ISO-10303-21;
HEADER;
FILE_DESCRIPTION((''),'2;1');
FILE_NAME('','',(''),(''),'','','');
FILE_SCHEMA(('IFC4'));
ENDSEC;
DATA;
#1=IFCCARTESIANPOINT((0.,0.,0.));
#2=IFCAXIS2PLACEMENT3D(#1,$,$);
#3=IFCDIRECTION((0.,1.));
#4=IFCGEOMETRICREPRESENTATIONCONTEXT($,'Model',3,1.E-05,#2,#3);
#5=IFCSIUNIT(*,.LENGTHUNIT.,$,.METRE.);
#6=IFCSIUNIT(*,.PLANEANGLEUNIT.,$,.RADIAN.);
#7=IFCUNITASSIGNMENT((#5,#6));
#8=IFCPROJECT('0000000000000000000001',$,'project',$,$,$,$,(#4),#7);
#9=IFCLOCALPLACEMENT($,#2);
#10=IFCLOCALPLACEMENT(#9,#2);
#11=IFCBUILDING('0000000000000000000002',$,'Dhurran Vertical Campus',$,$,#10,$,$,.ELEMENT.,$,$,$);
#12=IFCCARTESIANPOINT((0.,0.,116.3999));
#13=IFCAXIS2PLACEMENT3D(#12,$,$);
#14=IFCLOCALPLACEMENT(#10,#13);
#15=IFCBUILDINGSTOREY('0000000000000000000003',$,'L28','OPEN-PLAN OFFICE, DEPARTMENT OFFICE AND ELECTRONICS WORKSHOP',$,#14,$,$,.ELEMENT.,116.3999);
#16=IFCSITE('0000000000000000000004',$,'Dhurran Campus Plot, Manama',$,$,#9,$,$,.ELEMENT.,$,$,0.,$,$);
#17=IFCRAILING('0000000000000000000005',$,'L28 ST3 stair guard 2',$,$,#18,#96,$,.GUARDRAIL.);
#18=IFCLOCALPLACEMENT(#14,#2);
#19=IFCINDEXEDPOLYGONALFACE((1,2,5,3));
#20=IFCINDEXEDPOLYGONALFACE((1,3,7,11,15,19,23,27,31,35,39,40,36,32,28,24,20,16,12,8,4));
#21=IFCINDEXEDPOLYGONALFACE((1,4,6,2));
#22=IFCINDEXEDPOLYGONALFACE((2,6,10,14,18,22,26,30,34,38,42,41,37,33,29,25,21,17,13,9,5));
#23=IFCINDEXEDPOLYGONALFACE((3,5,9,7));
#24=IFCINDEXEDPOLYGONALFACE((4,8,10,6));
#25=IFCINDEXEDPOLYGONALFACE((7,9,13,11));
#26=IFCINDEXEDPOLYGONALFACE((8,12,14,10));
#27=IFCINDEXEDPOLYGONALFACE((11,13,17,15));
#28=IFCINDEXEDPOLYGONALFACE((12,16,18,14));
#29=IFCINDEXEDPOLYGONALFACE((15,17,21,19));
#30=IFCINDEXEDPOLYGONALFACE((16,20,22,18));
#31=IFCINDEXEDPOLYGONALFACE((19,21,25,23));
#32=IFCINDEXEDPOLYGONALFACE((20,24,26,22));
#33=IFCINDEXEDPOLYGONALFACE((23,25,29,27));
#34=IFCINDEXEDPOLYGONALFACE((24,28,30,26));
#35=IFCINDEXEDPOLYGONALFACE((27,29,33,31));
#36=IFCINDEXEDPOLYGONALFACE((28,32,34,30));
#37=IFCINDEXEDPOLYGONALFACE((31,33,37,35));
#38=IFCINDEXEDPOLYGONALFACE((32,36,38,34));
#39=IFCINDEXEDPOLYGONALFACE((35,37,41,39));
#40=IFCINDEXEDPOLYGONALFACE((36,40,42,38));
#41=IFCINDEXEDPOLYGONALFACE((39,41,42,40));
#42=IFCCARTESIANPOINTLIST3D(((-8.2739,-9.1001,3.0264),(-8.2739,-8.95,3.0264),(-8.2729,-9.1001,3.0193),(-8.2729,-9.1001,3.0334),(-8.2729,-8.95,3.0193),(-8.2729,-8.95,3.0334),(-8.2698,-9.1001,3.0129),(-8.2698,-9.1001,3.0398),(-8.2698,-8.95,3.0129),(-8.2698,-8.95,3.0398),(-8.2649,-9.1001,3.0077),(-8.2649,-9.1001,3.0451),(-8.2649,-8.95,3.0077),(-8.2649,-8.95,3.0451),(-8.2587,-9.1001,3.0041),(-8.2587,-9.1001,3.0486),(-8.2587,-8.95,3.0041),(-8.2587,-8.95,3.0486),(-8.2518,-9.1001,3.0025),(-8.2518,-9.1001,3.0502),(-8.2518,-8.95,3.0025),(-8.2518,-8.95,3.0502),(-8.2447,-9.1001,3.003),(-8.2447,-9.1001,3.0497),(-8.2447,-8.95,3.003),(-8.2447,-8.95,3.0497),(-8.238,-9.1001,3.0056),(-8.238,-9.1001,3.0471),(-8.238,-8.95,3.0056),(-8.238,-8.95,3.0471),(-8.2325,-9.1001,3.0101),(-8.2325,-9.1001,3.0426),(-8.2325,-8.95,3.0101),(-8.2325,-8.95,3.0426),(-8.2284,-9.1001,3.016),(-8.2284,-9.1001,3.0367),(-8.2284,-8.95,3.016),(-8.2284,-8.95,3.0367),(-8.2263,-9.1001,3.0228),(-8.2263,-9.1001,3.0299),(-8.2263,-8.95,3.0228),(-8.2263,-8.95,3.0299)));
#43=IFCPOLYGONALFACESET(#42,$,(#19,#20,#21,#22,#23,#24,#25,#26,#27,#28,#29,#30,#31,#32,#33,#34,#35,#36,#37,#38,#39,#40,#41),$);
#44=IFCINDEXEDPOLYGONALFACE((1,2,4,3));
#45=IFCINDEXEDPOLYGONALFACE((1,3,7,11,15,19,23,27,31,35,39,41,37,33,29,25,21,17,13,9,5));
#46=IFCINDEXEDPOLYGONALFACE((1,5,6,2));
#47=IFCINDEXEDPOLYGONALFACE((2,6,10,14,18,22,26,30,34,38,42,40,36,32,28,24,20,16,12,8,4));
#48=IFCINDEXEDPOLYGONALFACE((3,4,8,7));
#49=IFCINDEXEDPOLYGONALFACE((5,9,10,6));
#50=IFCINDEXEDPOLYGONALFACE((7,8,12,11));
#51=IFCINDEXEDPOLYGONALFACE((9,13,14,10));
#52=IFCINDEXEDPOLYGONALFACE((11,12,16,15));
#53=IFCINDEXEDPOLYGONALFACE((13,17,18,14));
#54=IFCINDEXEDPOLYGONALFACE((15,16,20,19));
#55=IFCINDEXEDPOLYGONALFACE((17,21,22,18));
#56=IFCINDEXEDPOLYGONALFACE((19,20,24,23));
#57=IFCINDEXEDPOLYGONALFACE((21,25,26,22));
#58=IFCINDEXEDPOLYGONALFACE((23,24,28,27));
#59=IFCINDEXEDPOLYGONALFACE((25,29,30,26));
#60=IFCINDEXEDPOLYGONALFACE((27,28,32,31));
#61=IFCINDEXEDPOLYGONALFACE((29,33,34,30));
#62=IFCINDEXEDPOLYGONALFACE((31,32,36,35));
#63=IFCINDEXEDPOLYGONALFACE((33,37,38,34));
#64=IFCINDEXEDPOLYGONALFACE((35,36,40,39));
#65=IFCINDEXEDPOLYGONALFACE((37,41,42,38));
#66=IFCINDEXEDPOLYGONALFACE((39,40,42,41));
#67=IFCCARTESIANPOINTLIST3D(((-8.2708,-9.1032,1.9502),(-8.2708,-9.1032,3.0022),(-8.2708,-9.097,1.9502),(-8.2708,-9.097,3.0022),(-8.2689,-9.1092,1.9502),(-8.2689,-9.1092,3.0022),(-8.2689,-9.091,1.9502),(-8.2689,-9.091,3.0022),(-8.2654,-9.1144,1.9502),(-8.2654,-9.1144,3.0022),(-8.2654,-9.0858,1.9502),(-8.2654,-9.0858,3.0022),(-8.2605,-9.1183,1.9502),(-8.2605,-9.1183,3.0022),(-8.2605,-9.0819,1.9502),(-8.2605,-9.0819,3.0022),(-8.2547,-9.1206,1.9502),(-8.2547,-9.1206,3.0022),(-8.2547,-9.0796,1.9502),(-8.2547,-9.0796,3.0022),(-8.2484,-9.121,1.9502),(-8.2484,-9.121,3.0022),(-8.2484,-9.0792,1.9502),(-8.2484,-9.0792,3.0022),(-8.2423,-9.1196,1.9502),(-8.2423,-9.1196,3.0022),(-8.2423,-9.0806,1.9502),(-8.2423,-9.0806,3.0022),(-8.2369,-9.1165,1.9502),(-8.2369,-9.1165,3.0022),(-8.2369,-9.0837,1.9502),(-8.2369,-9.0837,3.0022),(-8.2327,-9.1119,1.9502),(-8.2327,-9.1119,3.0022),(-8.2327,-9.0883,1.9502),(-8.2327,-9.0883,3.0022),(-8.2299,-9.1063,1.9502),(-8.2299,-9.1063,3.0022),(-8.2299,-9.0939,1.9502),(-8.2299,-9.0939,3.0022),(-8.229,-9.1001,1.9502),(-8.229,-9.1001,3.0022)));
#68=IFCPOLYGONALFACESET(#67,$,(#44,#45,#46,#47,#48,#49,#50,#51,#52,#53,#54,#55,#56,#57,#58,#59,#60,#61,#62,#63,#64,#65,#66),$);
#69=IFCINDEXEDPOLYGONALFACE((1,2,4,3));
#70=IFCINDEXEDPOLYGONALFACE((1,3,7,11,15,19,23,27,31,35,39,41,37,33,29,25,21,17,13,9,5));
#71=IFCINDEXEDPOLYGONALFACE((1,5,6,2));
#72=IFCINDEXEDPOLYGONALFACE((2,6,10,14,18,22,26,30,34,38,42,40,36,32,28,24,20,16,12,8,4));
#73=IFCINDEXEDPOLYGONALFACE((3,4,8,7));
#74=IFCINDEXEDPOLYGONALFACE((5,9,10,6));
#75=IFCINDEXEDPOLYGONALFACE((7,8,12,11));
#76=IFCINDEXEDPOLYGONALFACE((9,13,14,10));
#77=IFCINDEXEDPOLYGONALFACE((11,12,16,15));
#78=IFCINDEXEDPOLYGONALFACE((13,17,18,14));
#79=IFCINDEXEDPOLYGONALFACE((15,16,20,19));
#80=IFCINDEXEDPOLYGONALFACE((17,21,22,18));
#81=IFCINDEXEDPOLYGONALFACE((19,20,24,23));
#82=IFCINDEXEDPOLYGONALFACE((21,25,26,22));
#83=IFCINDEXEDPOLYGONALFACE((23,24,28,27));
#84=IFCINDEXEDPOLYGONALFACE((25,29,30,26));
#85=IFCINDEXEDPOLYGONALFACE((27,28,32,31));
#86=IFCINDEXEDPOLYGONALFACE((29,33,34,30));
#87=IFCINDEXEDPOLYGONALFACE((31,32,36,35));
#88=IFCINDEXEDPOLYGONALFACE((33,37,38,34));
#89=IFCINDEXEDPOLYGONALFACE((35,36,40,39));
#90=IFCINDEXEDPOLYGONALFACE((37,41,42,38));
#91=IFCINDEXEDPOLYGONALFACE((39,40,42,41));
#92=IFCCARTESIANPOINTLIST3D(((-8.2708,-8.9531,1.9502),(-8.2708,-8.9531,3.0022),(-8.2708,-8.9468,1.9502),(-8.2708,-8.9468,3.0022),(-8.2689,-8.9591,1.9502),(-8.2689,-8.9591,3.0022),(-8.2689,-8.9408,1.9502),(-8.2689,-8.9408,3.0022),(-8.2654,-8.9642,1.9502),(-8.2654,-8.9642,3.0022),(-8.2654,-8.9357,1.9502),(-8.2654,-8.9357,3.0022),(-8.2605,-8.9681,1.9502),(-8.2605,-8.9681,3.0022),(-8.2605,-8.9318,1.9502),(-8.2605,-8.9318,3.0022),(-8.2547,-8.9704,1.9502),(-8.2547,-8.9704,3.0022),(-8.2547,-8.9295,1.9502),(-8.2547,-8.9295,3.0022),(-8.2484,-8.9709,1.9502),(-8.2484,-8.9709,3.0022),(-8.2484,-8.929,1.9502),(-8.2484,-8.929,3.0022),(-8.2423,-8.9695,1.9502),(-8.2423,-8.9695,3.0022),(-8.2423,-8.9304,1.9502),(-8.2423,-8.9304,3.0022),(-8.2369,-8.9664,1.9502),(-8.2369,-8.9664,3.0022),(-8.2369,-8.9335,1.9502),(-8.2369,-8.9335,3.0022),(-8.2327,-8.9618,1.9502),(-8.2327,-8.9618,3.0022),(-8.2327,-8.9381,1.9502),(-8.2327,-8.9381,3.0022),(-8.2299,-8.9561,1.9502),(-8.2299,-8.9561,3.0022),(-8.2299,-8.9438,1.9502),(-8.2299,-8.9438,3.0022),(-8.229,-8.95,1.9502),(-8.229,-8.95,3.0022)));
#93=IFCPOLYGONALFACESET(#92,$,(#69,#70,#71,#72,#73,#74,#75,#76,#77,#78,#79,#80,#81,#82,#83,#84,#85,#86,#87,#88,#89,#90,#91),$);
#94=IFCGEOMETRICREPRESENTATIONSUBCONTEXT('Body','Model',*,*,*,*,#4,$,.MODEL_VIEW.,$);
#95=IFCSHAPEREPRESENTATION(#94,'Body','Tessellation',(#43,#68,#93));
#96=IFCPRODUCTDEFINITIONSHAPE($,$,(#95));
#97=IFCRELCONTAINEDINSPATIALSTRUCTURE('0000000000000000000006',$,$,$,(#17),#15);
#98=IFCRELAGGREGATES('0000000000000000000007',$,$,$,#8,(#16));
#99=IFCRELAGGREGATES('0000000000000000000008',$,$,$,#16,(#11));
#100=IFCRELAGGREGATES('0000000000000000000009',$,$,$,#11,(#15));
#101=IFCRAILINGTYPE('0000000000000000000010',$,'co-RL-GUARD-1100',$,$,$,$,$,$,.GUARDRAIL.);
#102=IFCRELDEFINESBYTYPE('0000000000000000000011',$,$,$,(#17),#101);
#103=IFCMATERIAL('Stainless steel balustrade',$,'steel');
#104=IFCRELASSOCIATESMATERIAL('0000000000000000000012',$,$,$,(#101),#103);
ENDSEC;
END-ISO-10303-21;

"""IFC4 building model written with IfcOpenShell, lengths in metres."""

from ifc_helpers import new_model, si_unit, direction, frame, origin, origin_2d, place, context, subcontext, project, spatial, circle, extrude, material, type_object, element, save


model = new_model("IFC4")

# Units and contexts
model_context = context("Model", 3, precision=1e-05, world=origin(), true_north=direction((0.0, 1.0)))
body_context = subcontext(model_context, "Body", "Model", "MODEL_VIEW")
ifc_project = project(units=[si_unit("LENGTHUNIT", "METRE"), si_unit("PLANEANGLEUNIT", "RADIAN")], contexts=[model_context])

# Site, building, storey
site_placement = place(None, origin())
site = spatial("IfcSite", under=ifc_project, at=site_placement, Name="Dhurran Campus Plot, Manama", CompositionType="ELEMENT", RefElevation=0.0)
building_placement = place(site_placement, origin())
building = spatial("IfcBuilding", under=site, at=building_placement, Name="Dhurran Vertical Campus", CompositionType="ELEMENT")
storey_placement = place(building_placement, frame((0.0, 0.0, 116.3999)))
storey = spatial("IfcBuildingStorey", under=building, at=storey_placement, Name="L28", Description="OPEN-PLAN OFFICE, DEPARTMENT OFFICE AND ELECTRONICS WORKSHOP", CompositionType="ELEMENT", Elevation=116.3999)

# Railing
ifc_material_1 = material(Name="Stainless steel balustrade", Category="steel")
railing_type_1 = type_object("IfcRailingType", Name="co-RL-GUARD-1100", PredefinedType="GUARDRAIL", material=ifc_material_1)
railing_1_placement = place(storey_placement, frame((-8.25, -9.1001, 1.9502)))
element("IfcRailing", 1, at=railing_1_placement, inside=storey, type_object=railing_type_1, Name="L28 ST3 stair guard 2", PredefinedType="GUARDRAIL", context=body_context, shape_type="SweptSolid", body=[
    extrude(circle(Radius=0.0239, at=origin_2d()), frame((0.0, 0.0, 1.0762), z_axis=(0.0, 1.0, 0.0), x_axis=(-1.0, 0.0, 0.0)), (0.0, 0.0, 1.0), 0.1501),
    extrude(circle(Radius=0.021, at=origin_2d()), origin(), (0.0, 0.0, 1.0), 1.052),
    extrude(circle(Radius=0.021, at=origin_2d()), frame((0.0, 0.1501, 0.0)), (0.0, 0.0, 1.0), 1.052),
])

save(model, "model.ifc")
